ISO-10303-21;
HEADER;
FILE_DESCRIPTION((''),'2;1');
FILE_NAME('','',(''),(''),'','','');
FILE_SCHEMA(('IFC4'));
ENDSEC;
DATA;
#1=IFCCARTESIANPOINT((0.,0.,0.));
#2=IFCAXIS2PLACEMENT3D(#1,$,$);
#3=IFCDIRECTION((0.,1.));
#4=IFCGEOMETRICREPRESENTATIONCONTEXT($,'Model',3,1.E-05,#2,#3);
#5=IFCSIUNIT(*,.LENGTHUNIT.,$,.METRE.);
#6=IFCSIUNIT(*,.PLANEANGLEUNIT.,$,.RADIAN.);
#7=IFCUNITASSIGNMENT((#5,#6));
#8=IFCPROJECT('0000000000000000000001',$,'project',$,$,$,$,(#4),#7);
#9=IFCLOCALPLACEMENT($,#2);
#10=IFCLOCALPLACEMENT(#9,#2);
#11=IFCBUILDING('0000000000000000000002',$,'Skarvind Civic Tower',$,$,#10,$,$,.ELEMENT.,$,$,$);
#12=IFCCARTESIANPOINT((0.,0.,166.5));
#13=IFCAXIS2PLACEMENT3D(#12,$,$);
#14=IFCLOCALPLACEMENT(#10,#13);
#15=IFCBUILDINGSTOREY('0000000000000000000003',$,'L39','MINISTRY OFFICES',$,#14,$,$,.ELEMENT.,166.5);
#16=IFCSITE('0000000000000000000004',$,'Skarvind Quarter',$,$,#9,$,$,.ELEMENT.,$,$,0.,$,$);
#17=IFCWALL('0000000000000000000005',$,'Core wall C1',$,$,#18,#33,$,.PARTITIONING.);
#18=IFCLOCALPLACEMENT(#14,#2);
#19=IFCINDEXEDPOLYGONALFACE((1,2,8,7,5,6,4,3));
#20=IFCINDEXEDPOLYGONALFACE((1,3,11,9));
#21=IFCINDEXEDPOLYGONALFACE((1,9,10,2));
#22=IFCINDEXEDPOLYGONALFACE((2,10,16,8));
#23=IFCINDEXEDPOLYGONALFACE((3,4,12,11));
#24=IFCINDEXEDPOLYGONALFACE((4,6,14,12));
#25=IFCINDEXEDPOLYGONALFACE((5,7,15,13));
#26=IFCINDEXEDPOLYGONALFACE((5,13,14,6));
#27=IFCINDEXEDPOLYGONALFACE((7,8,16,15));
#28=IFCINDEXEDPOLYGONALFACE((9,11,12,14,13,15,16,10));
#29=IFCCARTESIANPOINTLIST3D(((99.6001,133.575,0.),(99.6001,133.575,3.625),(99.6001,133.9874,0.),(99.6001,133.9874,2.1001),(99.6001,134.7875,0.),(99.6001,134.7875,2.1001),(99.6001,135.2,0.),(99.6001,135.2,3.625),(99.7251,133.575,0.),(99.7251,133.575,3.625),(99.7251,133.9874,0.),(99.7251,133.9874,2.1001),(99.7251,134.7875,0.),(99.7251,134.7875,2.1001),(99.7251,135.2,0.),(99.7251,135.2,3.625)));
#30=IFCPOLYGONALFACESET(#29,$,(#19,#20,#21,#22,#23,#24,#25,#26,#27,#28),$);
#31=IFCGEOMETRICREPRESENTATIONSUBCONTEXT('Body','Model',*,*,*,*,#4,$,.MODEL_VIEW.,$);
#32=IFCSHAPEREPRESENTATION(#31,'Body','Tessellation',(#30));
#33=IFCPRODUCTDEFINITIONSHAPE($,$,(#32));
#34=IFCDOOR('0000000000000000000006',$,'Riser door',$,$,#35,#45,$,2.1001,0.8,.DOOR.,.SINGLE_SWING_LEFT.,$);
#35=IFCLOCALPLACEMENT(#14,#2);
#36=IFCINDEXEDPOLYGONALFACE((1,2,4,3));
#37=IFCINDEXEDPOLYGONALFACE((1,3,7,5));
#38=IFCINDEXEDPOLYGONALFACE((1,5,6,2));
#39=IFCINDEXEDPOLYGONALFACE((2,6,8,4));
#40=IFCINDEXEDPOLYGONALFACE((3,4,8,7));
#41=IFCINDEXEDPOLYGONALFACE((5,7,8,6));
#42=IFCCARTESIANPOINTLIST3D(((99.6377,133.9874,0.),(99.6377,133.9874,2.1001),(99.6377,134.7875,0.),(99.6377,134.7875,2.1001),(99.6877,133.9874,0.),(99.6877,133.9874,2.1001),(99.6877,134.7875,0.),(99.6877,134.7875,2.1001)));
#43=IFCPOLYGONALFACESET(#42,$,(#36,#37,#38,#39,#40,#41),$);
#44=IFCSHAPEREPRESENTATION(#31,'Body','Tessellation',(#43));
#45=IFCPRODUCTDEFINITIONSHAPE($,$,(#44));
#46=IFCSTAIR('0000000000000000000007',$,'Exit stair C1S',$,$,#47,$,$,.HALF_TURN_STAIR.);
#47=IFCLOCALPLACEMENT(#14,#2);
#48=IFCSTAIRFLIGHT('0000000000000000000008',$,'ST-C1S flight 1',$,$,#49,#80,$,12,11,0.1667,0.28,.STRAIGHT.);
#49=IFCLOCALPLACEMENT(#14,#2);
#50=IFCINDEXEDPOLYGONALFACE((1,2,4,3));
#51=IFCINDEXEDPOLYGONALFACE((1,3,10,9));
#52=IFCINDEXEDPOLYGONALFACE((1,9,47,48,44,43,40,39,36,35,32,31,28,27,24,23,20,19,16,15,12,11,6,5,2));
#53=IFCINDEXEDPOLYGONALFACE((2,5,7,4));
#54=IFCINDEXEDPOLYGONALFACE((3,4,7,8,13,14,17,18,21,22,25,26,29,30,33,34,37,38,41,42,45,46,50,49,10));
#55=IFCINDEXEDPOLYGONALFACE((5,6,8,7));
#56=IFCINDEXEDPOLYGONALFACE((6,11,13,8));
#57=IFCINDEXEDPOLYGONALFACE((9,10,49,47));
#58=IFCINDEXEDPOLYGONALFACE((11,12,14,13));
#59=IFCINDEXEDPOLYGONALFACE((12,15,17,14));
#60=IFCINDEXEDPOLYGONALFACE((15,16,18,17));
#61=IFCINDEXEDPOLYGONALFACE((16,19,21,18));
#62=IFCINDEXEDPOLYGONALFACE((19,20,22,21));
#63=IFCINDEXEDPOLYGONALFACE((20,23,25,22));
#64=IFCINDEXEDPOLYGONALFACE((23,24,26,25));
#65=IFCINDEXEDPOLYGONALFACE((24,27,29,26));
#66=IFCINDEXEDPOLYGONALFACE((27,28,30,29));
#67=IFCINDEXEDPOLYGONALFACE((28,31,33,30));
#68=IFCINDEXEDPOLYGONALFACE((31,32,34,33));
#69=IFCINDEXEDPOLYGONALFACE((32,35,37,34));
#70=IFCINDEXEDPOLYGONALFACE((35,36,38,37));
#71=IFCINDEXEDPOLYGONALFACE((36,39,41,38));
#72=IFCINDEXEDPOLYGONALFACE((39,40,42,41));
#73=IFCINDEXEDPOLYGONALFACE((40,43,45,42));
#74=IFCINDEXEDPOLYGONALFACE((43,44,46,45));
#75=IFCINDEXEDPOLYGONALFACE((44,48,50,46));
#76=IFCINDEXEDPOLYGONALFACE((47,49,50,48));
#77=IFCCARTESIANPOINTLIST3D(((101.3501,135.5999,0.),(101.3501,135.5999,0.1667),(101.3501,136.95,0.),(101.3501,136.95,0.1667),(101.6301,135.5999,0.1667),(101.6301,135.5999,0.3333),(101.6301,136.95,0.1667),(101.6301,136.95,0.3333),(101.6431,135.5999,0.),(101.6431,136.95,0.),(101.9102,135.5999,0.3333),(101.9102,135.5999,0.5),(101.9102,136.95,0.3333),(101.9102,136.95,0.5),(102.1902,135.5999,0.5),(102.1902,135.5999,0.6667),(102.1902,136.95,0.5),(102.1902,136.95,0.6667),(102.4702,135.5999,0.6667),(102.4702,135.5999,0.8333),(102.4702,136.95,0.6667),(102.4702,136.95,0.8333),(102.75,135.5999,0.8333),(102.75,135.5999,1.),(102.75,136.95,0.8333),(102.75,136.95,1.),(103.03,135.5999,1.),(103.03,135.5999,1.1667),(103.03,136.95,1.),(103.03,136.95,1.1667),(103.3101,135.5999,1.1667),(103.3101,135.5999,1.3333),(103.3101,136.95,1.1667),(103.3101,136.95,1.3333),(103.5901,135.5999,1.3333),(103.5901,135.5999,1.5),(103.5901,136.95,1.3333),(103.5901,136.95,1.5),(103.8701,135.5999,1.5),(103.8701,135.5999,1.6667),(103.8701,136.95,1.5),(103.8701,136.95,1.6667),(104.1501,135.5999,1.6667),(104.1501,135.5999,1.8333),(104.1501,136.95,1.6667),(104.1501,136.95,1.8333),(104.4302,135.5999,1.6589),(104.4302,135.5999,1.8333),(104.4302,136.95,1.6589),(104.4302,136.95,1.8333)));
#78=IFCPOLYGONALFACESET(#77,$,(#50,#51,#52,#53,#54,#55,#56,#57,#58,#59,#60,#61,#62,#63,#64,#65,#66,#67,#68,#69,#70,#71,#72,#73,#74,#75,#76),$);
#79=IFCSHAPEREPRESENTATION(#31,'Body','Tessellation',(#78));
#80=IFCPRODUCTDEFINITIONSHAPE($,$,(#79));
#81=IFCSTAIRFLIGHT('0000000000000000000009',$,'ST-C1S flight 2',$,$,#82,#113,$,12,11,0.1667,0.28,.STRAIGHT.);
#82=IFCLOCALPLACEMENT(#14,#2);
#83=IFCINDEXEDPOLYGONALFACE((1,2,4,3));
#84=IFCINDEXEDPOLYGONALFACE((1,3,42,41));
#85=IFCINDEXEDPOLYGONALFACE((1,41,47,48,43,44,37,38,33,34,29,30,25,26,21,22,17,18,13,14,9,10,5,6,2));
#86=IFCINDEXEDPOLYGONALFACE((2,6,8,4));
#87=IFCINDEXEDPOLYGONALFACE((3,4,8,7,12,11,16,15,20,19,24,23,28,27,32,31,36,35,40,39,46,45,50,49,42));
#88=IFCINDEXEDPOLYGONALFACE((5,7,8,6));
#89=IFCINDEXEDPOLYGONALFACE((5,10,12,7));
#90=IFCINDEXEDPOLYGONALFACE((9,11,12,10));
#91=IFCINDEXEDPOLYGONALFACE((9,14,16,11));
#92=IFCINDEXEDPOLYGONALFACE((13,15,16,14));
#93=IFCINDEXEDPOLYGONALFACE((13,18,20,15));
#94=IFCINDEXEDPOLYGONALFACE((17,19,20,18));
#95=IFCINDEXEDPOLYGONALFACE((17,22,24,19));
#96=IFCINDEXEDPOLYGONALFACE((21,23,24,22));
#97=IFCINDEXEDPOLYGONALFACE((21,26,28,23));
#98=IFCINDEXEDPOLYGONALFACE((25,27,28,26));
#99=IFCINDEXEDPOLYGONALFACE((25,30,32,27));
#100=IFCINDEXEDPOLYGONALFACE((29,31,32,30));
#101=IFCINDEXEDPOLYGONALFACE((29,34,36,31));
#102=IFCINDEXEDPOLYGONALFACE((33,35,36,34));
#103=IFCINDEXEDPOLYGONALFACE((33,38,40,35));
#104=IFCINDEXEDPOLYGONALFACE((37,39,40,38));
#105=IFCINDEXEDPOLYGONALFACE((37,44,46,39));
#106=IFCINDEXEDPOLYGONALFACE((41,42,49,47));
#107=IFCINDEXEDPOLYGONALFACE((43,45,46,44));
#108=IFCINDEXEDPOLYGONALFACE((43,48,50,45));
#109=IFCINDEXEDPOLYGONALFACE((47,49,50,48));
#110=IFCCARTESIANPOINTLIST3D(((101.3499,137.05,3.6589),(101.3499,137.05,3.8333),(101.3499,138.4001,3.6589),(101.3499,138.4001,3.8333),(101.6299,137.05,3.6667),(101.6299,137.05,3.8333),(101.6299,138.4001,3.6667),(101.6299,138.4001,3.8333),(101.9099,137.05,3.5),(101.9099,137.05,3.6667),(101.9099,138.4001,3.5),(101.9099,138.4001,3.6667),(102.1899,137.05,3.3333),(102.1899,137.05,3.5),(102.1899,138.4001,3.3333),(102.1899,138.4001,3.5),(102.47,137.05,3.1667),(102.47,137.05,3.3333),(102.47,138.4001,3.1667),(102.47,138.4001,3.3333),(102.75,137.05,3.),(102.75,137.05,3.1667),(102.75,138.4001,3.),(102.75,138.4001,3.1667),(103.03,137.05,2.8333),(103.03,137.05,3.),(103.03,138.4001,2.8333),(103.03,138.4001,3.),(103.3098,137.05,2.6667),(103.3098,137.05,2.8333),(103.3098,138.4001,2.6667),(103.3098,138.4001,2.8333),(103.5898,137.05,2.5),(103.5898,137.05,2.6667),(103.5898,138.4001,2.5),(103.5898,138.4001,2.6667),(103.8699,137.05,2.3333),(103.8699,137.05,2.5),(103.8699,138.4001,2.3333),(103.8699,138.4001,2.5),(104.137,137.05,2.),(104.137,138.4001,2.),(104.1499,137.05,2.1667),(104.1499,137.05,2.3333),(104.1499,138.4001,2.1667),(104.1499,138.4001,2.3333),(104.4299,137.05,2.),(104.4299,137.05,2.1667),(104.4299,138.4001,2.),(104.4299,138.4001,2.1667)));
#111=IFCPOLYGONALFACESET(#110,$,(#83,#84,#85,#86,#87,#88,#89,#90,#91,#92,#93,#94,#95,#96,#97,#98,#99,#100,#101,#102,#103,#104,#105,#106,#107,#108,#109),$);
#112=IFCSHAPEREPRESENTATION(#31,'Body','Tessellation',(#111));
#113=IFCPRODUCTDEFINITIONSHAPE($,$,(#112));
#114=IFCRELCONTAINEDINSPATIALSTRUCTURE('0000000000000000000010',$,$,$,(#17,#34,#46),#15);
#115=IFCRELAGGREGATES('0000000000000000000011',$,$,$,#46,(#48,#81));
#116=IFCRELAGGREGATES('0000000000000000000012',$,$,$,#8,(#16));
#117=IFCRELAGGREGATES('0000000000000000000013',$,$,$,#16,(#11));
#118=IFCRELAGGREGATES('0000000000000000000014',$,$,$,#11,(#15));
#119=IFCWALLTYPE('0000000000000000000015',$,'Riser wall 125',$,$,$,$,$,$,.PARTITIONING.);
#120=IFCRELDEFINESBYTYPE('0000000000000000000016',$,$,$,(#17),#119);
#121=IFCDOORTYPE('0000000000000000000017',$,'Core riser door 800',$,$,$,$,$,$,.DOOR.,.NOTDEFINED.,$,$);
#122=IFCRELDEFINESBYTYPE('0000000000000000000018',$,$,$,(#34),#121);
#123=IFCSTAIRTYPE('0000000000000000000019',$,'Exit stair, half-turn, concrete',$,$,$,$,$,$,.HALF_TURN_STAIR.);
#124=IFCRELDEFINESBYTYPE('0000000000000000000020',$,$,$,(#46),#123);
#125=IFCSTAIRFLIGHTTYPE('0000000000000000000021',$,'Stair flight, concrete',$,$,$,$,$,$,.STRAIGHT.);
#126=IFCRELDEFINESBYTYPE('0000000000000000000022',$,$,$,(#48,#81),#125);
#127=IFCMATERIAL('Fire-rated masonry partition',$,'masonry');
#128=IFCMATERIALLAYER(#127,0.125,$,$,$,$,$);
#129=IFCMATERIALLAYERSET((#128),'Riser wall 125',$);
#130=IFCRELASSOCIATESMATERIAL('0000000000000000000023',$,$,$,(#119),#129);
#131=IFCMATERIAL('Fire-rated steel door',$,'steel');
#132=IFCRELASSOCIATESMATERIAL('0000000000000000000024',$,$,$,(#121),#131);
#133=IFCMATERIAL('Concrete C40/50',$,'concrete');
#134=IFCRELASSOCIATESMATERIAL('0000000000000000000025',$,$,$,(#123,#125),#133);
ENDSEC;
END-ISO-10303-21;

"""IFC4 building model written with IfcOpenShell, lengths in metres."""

from ifc_helpers import new_model, si_unit, direction, frame, frame_2d, origin, place, context, subcontext, project, spatial, polyline, rectangle, outline, extrude, material, layer, layer_set, type_object, element, fill, aggregate, save


model = new_model("IFC4")

# Units and contexts
model_context = context("Model", 3, precision=1e-05, world=origin(), true_north=direction((0.0, 1.0)))
body_context = subcontext(model_context, "Body", "Model", "MODEL_VIEW")
ifc_project = project(units=[si_unit("LENGTHUNIT", "METRE"), si_unit("PLANEANGLEUNIT", "RADIAN")], contexts=[model_context])

# Site, building, storey
site_placement = place(None, origin())
site = spatial("IfcSite", under=ifc_project, at=site_placement, Name="Skarvind Quarter", CompositionType="ELEMENT", RefElevation=0.0)
building_placement = place(site_placement, origin())
building = spatial("IfcBuilding", under=site, at=building_placement, Name="Skarvind Civic Tower", CompositionType="ELEMENT")
storey_placement = place(building_placement, frame((0.0, 0.0, 166.5)))
storey = spatial("IfcBuildingStorey", under=building, at=storey_placement, Name="L39", Description="MINISTRY OFFICES", CompositionType="ELEMENT", Elevation=166.5)

# Shared definitions
ifc_material_1 = material(Name="Fire-rated steel door", Category="steel")

# Wall, opening, door
ifc_material_2 = material(Name="Fire-rated masonry partition", Category="masonry")
ifc_layer_1 = layer(ifc_material_2, 0.125)
ifc_layer_set_1 = layer_set([ifc_layer_1], Name="Riser wall 125")
wall_type_1 = type_object("IfcWallType", Name="Riser wall 125", PredefinedType="PARTITIONING", material=ifc_layer_set_1)
wall_1_placement = place(storey_placement, frame((99.6626, 133.575, 0.0), z_axis=(0.0, 0.0, 1.0), x_axis=(0.0, 1.0, 0.0)))
wall_1 = element("IfcWall", 1, at=wall_1_placement, inside=storey, type_object=wall_type_1, Name="Core wall C1", PredefinedType="PARTITIONING", context=body_context, shape_type="SweptSolid", body=[
    extrude(rectangle(XDim=1.625, YDim=0.125, at=frame_2d((0.8125, 0.0))), origin(), (0.0, 0.0, 1.0), 3.625),
])
opening_1_placement = place(wall_1_placement, frame((0.4126, 0.0, 0.0)))
opening_1 = element("IfcOpeningElement", 2, at=opening_1_placement, cuts=wall_1, PredefinedType="OPENING", context=body_context, shape_type="SweptSolid", body=[
    extrude(rectangle(XDim=0.8, YDim=2.1001, at=frame_2d((0.3999, 1.05))), frame((0.0, 0.0725, 0.0), z_axis=(0.0, -1.0, 0.0), x_axis=(1.0, 0.0, 0.0)), (0.0, 0.0, 1.0), 0.145),
])
door_type_1 = type_object("IfcDoorType", Name="Core riser door 800", OperationType="NOTDEFINED", PredefinedType="DOOR", material=ifc_material_1)
door_1_placement = place(opening_1_placement, origin())
door_1 = element("IfcDoor", 3, at=door_1_placement, inside=storey, type_object=door_type_1, Name="Riser door", OperationType="SINGLE_SWING_LEFT", OverallHeight=2.1001, OverallWidth=0.8, PredefinedType="DOOR", context=body_context, shape_type="SweptSolid", body=[
    extrude(rectangle(XDim=0.8, YDim=2.1001, at=frame_2d((0.3999, 1.05))), frame((0.0, 0.0249, 0.0), z_axis=(0.0, -1.0, 0.0), x_axis=(1.0, 0.0, 0.0)), (0.0, 0.0, 1.0), 0.05),
])
fill(opening_1, door_1)

# Stair, stair flights
ifc_material_3 = material(Name="Concrete C40/50", Category="concrete")
stair_type = type_object("IfcStairType", Name="Exit stair, half-turn, concrete", PredefinedType="HALF_TURN_STAIR", material=ifc_material_3)
stair_placement = place(storey_placement, origin())
stair = element("IfcStair", 4, at=stair_placement, inside=storey, type_object=stair_type, Name="Exit stair C1S", PredefinedType="HALF_TURN_STAIR")
stair_flight_type = type_object("IfcStairFlightType", Name="Stair flight, concrete", PredefinedType="STRAIGHT", material=ifc_material_3)
stair_flight_1_placement = place(storey_placement, frame((101.3501, 136.2749, 0.0), z_axis=(0.0, 0.0, 1.0), x_axis=(1.0, 0.0, 0.0)))
stair_flight_1 = element("IfcStairFlight", 5, at=stair_flight_1_placement, type_object=stair_flight_type, Name="ST-C1S flight 1", NumberOfRisers=12, NumberOfTreads=11, PredefinedType="STRAIGHT", RiserHeight=0.1667, TreadLength=0.28, context=body_context, shape_type="SweptSolid", body=[
    extrude(outline(polyline([(0.0, 0.0), (0.0, 0.1667), (0.28, 0.1667), (0.28, 0.3333), (0.5601, 0.3333), (0.5601, 0.5), (0.8401, 0.5), (0.8401, 0.6667), (1.1201, 0.6667), (1.1201, 0.8333), (1.3999, 0.8333), (1.3999, 1.0), (1.6799, 1.0), (1.6799, 1.1667), (1.96, 1.1667), (1.96, 1.3333), (2.24, 1.3333), (2.24, 1.5), (2.52, 1.5), (2.52, 1.6667), (2.8, 1.6667), (2.8, 1.8333), (3.0801, 1.8333), (3.0801, 2.0), (3.0801, 1.6589), (0.293, 0.0), (0.0, 0.0)])), frame((0.0, 0.675, 0.0), z_axis=(0.0, -1.0, 0.0), x_axis=(1.0, 0.0, 0.0)), (0.0, 0.0, 1.0), 1.3501),
])
stair_flight_2_placement = place(storey_placement, frame((104.4299, 137.7251, 2.0), z_axis=(0.0, 0.0, 1.0), x_axis=(-1.0, 0.0, 0.0)))
stair_flight_2 = element("IfcStairFlight", 6, at=stair_flight_2_placement, type_object=stair_flight_type, Name="ST-C1S flight 2", NumberOfRisers=12, NumberOfTreads=11, PredefinedType="STRAIGHT", RiserHeight=0.1667, TreadLength=0.28, context=body_context, shape_type="SweptSolid", body=[
    extrude(outline(polyline([(0.0, 0.0), (0.0, 0.1667), (0.28, 0.1667), (0.28, 0.3333), (0.5601, 0.3333), (0.5601, 0.5), (0.8401, 0.5), (0.8401, 0.6667), (1.1201, 0.6667), (1.1201, 0.8333), (1.3999, 0.8333), (1.3999, 1.0), (1.6799, 1.0), (1.6799, 1.1667), (1.96, 1.1667), (1.96, 1.3333), (2.24, 1.3333), (2.24, 1.5), (2.52, 1.5), (2.52, 1.6667), (2.8, 1.6667), (2.8, 1.8333), (3.0801, 1.8333), (3.0801, 2.0), (3.0801, 1.6589), (0.293, 0.0), (0.0, 0.0)])), frame((0.0, 0.675, 0.0), z_axis=(0.0, -1.0, 0.0), x_axis=(1.0, 0.0, 0.0)), (0.0, 0.0, 1.0), 1.3501),
])
aggregate(stair, [stair_flight_1, stair_flight_2])

save(model, "model.ifc")
